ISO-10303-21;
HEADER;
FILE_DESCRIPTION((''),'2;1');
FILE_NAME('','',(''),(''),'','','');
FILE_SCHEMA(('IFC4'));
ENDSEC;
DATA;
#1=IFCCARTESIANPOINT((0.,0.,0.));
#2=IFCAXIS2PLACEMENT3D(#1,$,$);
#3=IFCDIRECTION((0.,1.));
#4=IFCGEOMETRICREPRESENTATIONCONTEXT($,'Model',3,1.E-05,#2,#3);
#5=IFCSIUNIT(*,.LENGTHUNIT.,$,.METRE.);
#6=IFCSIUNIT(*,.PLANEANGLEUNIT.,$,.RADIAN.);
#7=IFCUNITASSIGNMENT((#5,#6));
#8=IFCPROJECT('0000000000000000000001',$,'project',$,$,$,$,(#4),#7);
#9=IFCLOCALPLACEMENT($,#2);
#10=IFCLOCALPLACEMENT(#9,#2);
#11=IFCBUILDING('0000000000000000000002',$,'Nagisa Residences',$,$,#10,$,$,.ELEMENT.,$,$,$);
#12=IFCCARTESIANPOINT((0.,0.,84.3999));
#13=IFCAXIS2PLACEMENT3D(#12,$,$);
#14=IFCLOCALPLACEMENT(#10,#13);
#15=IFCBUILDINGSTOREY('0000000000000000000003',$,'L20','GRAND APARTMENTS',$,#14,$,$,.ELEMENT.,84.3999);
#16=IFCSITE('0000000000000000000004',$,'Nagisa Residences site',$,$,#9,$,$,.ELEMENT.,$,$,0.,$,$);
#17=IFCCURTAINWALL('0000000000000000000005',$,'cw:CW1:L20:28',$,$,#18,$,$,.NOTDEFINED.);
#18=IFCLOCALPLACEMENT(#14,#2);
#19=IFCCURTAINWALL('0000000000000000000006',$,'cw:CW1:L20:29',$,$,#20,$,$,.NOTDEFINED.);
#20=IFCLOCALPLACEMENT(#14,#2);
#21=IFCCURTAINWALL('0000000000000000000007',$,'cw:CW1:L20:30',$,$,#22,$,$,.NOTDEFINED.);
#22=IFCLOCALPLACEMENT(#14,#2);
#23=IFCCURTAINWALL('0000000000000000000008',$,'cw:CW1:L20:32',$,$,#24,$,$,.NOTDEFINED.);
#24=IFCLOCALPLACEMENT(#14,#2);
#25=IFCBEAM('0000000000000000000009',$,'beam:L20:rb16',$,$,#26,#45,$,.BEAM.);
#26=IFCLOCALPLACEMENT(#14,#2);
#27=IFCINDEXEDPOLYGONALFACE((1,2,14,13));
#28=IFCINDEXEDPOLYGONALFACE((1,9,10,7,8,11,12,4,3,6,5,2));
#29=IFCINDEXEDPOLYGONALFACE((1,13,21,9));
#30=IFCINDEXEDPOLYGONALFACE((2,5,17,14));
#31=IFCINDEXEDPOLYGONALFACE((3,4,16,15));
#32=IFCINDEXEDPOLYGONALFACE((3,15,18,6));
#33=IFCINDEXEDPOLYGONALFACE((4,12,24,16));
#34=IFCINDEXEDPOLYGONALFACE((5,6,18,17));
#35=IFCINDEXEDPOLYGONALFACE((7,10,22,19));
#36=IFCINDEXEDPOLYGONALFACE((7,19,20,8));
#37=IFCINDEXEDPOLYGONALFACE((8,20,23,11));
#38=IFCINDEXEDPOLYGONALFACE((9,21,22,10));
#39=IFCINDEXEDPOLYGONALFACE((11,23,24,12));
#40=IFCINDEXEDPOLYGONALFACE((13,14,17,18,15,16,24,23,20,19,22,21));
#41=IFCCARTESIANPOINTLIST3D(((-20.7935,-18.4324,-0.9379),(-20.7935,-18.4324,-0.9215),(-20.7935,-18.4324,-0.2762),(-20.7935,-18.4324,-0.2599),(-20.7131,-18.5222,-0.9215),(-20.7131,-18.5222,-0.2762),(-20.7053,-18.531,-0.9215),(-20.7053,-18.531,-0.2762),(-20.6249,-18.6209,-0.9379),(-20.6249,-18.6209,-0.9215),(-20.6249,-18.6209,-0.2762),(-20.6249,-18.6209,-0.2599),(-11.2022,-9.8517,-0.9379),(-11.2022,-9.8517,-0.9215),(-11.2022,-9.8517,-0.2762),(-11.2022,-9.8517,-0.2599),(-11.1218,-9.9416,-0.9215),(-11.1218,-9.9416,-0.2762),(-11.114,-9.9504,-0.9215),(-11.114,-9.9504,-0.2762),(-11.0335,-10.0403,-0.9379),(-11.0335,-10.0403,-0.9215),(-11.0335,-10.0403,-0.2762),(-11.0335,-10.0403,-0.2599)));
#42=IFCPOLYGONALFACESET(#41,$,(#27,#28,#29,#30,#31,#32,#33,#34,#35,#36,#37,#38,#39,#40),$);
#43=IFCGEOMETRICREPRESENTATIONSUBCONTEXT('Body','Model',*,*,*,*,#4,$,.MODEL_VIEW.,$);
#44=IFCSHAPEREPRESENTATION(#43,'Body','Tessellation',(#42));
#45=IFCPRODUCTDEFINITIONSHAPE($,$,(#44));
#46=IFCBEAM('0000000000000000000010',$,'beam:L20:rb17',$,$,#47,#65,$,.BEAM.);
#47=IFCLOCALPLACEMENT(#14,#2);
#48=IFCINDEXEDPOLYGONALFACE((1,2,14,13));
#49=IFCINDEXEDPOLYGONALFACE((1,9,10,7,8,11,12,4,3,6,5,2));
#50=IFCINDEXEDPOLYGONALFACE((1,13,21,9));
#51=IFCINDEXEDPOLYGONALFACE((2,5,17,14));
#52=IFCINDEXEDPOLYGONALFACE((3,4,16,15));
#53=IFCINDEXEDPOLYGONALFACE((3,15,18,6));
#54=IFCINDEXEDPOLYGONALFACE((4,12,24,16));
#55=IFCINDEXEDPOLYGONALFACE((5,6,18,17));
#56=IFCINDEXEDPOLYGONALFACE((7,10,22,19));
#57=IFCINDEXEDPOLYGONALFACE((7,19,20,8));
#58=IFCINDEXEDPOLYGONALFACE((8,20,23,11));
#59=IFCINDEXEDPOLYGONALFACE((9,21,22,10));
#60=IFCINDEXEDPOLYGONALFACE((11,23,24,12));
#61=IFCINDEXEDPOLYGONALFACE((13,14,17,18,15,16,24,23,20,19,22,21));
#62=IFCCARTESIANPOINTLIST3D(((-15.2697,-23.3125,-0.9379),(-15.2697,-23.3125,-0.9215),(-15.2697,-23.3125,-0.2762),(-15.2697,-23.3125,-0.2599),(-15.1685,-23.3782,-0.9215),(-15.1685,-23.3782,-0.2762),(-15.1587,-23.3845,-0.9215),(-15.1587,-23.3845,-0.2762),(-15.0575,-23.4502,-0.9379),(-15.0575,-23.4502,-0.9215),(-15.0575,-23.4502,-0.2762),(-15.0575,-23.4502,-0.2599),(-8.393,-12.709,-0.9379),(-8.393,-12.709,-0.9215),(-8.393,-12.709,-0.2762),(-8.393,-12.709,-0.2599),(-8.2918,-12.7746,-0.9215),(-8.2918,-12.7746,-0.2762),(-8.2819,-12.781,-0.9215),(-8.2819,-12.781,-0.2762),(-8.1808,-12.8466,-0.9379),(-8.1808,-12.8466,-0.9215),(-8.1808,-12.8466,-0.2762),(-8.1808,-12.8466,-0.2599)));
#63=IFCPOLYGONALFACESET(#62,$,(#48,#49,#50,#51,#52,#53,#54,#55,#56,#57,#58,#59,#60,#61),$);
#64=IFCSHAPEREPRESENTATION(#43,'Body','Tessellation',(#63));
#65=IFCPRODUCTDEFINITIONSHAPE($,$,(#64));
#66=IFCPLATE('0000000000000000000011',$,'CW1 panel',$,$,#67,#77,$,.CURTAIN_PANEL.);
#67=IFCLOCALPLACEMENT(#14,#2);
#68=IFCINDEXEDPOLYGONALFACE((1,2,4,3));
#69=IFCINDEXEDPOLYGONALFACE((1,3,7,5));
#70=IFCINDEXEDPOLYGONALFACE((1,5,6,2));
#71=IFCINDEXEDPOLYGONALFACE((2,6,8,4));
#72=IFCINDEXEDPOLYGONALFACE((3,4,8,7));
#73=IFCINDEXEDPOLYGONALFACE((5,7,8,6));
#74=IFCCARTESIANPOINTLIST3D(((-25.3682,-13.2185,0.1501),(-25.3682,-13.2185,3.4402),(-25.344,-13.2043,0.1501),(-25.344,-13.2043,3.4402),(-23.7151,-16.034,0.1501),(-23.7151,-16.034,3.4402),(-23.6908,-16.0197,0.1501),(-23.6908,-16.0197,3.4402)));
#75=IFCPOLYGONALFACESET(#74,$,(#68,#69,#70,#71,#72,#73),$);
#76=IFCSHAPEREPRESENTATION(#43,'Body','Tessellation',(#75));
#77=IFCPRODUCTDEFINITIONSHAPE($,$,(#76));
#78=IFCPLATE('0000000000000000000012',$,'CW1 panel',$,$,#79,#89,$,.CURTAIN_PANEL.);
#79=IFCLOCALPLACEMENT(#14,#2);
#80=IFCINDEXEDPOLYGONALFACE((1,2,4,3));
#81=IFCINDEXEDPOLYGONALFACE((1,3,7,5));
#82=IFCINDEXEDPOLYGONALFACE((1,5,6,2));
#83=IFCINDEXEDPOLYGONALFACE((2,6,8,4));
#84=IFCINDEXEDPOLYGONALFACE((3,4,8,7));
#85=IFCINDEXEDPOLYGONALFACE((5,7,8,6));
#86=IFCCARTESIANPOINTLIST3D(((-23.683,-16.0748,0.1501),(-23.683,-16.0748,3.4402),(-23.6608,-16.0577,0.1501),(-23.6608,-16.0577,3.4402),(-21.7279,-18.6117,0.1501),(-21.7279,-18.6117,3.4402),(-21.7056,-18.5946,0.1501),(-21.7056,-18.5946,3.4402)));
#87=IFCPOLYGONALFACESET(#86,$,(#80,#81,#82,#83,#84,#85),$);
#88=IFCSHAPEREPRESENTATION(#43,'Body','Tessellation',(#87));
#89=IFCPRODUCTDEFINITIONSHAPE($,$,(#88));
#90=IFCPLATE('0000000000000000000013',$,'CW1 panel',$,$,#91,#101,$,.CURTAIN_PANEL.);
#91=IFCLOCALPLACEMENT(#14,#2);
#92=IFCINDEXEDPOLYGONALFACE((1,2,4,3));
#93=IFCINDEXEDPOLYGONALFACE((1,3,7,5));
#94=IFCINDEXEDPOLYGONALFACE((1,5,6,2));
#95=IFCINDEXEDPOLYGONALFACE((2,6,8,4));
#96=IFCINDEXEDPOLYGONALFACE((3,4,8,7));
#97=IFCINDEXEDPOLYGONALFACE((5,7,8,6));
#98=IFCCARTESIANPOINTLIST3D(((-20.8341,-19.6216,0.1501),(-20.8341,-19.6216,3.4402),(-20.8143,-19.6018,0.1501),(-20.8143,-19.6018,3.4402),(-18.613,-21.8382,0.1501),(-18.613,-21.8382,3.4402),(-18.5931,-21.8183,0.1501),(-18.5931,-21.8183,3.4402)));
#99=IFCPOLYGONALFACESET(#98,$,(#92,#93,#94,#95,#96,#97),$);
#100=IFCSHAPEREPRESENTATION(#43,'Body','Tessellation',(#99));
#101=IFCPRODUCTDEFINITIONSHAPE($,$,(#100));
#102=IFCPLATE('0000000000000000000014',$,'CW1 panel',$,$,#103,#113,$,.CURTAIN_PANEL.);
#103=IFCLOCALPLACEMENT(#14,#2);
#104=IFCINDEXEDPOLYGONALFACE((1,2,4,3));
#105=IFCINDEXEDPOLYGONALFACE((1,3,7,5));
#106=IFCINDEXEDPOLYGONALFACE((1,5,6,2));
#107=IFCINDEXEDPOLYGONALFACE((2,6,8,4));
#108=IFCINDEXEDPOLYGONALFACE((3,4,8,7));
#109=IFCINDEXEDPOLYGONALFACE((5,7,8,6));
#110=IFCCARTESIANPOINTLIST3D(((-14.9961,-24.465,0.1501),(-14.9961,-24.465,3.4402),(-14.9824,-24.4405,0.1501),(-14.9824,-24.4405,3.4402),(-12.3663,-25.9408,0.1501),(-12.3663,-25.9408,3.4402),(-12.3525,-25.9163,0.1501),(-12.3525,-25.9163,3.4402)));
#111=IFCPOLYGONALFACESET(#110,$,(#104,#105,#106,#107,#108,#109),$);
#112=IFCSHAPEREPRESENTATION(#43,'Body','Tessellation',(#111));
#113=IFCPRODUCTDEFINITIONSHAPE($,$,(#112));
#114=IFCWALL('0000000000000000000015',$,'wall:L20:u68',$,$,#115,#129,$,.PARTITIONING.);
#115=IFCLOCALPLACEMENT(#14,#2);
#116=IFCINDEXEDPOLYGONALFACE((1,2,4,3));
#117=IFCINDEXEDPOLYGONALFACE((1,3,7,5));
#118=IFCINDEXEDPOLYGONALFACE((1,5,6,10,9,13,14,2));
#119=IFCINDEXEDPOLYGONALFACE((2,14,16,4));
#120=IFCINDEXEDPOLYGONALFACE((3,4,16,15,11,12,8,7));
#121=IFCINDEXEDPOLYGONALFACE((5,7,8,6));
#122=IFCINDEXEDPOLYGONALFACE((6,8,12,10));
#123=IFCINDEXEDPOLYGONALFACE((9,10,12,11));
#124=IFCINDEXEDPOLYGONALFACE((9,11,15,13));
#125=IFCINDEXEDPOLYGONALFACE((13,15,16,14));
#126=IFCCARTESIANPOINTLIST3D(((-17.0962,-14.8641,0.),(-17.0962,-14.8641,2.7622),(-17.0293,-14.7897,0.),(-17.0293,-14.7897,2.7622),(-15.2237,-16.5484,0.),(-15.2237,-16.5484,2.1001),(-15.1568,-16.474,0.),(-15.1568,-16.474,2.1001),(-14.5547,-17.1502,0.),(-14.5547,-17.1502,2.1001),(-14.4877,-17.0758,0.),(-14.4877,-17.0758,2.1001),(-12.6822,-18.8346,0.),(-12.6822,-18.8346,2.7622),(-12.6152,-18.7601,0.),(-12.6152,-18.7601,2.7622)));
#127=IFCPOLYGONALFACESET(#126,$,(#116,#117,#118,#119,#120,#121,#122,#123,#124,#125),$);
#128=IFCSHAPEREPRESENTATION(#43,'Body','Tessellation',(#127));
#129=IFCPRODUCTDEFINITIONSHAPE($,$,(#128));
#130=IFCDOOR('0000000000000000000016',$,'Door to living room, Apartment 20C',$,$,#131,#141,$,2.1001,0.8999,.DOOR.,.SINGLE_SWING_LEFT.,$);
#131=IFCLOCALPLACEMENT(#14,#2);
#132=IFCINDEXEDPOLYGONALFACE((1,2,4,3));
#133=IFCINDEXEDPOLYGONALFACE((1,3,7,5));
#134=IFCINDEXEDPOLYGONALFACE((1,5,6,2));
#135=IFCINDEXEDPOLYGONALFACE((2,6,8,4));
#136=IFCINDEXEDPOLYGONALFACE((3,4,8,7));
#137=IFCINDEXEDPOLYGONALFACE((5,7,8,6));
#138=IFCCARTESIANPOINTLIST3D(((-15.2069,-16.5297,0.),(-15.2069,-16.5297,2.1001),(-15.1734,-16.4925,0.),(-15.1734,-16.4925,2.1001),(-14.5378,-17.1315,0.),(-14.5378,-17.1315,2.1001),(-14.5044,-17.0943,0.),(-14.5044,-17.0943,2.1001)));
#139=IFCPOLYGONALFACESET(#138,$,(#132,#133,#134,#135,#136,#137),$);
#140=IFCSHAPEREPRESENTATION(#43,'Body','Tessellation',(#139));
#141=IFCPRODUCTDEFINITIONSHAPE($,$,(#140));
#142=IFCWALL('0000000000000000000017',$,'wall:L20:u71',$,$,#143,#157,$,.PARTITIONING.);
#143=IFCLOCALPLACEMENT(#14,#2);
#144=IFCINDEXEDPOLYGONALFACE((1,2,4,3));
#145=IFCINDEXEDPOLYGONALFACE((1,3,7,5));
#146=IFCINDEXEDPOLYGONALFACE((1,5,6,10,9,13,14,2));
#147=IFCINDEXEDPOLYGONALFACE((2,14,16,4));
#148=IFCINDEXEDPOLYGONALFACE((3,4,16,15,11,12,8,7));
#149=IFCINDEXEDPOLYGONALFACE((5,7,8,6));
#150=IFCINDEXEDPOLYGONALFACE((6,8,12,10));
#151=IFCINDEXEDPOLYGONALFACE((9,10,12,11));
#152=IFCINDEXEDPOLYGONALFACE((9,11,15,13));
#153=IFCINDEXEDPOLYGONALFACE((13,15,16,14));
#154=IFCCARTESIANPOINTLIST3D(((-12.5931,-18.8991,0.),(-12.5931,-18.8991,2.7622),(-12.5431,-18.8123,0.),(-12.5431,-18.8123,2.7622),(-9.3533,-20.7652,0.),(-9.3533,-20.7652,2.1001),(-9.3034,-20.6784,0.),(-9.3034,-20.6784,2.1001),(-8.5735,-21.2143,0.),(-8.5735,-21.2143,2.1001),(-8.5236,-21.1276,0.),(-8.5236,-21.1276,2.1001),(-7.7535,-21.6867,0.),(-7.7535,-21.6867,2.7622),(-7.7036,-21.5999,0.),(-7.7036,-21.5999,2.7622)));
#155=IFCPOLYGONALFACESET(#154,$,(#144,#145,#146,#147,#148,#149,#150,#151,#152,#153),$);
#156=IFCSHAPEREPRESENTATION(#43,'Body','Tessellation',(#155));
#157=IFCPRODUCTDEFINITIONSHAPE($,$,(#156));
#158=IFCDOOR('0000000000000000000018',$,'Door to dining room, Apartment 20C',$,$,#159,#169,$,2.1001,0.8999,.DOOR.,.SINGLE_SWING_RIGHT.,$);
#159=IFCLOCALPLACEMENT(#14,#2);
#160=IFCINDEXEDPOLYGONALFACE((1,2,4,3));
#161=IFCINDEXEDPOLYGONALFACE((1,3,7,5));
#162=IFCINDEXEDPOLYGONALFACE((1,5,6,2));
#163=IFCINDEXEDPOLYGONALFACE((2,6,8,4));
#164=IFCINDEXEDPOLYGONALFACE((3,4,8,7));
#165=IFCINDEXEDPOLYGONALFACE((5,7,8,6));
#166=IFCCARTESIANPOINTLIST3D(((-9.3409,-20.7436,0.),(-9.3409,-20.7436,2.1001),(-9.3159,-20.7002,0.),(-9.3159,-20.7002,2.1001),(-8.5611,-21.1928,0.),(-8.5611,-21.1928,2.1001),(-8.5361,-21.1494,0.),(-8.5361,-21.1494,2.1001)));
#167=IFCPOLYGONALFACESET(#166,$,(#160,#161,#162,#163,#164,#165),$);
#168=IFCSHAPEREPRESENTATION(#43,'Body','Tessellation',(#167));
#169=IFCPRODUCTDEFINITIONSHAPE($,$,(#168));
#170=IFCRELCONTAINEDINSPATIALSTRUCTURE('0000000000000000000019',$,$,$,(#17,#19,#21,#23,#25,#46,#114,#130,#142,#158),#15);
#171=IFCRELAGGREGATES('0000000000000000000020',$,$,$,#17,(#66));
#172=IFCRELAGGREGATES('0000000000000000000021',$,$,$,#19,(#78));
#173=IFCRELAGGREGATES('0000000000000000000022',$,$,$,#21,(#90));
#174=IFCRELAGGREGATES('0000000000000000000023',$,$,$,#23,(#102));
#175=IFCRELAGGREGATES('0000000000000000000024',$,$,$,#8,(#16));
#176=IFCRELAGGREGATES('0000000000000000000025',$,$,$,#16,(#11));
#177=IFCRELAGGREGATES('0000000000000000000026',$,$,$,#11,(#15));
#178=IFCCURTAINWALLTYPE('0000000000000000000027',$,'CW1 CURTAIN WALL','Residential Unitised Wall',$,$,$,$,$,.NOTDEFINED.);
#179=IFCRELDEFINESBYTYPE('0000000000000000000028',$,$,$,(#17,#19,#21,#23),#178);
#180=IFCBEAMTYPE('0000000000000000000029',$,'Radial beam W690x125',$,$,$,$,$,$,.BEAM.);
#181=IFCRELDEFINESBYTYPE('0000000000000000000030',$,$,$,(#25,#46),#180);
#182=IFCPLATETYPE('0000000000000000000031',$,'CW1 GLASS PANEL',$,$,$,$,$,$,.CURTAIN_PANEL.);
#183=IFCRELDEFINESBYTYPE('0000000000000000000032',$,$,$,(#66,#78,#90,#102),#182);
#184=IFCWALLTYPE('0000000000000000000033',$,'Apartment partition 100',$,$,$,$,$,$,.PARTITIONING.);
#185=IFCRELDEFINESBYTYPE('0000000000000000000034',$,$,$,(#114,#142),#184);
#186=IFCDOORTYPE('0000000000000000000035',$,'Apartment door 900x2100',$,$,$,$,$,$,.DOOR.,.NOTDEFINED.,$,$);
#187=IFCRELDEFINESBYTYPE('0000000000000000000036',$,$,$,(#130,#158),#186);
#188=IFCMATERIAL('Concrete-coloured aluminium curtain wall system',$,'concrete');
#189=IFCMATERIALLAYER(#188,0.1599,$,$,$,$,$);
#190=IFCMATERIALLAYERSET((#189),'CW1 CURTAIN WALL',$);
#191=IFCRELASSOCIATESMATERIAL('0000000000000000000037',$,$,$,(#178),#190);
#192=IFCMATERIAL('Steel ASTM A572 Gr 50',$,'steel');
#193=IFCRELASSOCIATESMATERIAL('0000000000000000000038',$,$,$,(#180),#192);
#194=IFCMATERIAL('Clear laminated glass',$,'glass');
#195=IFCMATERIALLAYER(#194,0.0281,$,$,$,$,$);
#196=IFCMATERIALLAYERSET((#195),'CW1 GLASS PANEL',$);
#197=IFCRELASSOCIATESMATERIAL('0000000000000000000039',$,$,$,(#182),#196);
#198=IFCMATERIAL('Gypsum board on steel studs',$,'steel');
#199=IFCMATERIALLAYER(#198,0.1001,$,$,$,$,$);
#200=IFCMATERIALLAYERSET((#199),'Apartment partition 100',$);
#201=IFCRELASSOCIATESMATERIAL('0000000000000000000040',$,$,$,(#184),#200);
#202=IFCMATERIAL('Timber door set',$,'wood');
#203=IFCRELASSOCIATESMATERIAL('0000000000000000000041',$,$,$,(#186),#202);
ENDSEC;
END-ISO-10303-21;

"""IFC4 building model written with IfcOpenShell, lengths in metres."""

from ifc_helpers import new_model, si_unit, direction, frame, frame_2d, origin, origin_2d, place, context, subcontext, project, spatial, rectangle, i_section, extrude, material, layer, layer_set, material_profile, profile_set, type_object, element, fill, aggregate, save


model = new_model("IFC4")

# Units and contexts
model_context = context("Model", 3, precision=1e-05, world=origin(), true_north=direction((0.0, 1.0)))
body_context = subcontext(model_context, "Body", "Model", "MODEL_VIEW")
ifc_project = project(units=[si_unit("LENGTHUNIT", "METRE"), si_unit("PLANEANGLEUNIT", "RADIAN")], contexts=[model_context])

# Site, building, storey
site_placement = place(None, origin())
site = spatial("IfcSite", under=ifc_project, at=site_placement, Name="Nagisa Residences site", CompositionType="ELEMENT", RefElevation=0.0)
building_placement = place(site_placement, origin())
building = spatial("IfcBuilding", under=site, at=building_placement, Name="Nagisa Residences", CompositionType="ELEMENT")
storey_placement = place(building_placement, frame((0.0, 0.0, 84.3999)))
storey = spatial("IfcBuildingStorey", under=building, at=storey_placement, Name="L20", Description="GRAND APARTMENTS", CompositionType="ELEMENT", Elevation=84.3999)

# Curtain walls
ifc_material_1 = material(Name="Concrete-coloured aluminium curtain wall system", Category="concrete")
ifc_layer_1 = layer(ifc_material_1, 0.1599)
ifc_layer_set_1 = layer_set([ifc_layer_1], Name="CW1 CURTAIN WALL")
curtain_wall_type = type_object("IfcCurtainWallType", Name="CW1 CURTAIN WALL", Description="Residential Unitised Wall", PredefinedType="NOTDEFINED", material=ifc_layer_set_1)
curtain_wall_1_placement = place(storey_placement, origin())
curtain_wall_1 = element("IfcCurtainWall", 1, at=curtain_wall_1_placement, inside=storey, type_object=curtain_wall_type, Name="cw:CW1:L20:28", PredefinedType="NOTDEFINED")
curtain_wall_2_placement = place(storey_placement, origin())
curtain_wall_2 = element("IfcCurtainWall", 2, at=curtain_wall_2_placement, inside=storey, type_object=curtain_wall_type, Name="cw:CW1:L20:29", PredefinedType="NOTDEFINED")
curtain_wall_3_placement = place(storey_placement, origin())
curtain_wall_3 = element("IfcCurtainWall", 3, at=curtain_wall_3_placement, inside=storey, type_object=curtain_wall_type, Name="cw:CW1:L20:30", PredefinedType="NOTDEFINED")
curtain_wall_4_placement = place(storey_placement, origin())
curtain_wall_4 = element("IfcCurtainWall", 4, at=curtain_wall_4_placement, inside=storey, type_object=curtain_wall_type, Name="cw:CW1:L20:32", PredefinedType="NOTDEFINED")

# Beams
ifc_material_2 = material(Name="Steel ASTM A572 Gr 50", Category="steel")
ifc_material_profile_1 = material_profile(ifc_material_2, i_section(OverallWidth=0.2529, OverallDepth=0.678, WebThickness=0.0117, FlangeThickness=0.0164, at=origin_2d()), Name="W690x125")
ifc_profile_set_1 = profile_set([ifc_material_profile_1], Name="Steel ASTM A572 Gr 50")
beam_type_1 = type_object("IfcBeamType", Name="Radial beam W690x125", PredefinedType="BEAM", material=ifc_profile_set_1)
beam_1_placement = place(storey_placement, frame((-20.7092, -18.5266, -0.5989), z_axis=(0.745285, 0.666746, 0.0), x_axis=(-0.666746, 0.745285, 0.0)))
element("IfcBeam", 5, at=beam_1_placement, inside=storey, type_object=beam_type_1, Name="beam:L20:rb16", PredefinedType="BEAM", context=body_context, shape_type="SweptSolid", body=[
    extrude(i_section(OverallWidth=0.2529, OverallDepth=0.678, WebThickness=0.0117, FlangeThickness=0.0164, at=origin_2d()), origin(), (0.0, 0.0, 1.0), 12.8694),
])
beam_2_placement = place(storey_placement, frame((-15.1636, -23.3813, -0.5989), z_axis=(0.544122, 0.839006, 0.0), x_axis=(-0.839006, 0.544122, 0.0)))
element("IfcBeam", 6, at=beam_2_placement, inside=storey, type_object=beam_type_1, Name="beam:L20:rb17", PredefinedType="BEAM", context=body_context, shape_type="SweptSolid", body=[
    extrude(i_section(OverallWidth=0.2529, OverallDepth=0.678, WebThickness=0.0117, FlangeThickness=0.0164, at=origin_2d()), origin(), (0.0, 0.0, 1.0), 12.6382),
])

# Plates
ifc_material_3 = material(Name="Clear laminated glass", Category="glass")
ifc_layer_2 = layer(ifc_material_3, 0.0281)
ifc_layer_set_2 = layer_set([ifc_layer_2], Name="CW1 GLASS PANEL")
plate_type = type_object("IfcPlateType", Name="CW1 GLASS PANEL", PredefinedType="CURTAIN_PANEL", material=ifc_layer_set_2)
plate_1_placement = place(storey_placement, frame((-24.5295, -14.6191, 0.1501), z_axis=(0.0, 0.0, 1.0), x_axis=(0.506349, -0.862329, 0.0)))
plate_1 = element("IfcPlate", 7, at=plate_1_placement, type_object=plate_type, Name="CW1 panel", PredefinedType="CURTAIN_PANEL", context=body_context, shape_type="SweptSolid", body=[
    extrude(rectangle(XDim=3.2649, YDim=0.0281, at=origin_2d()), origin(), (0.0, 0.0, 1.0), 3.29),
])
aggregate(curtain_wall_1, [plate_1])
plate_2_placement = place(storey_placement, frame((-22.6943, -17.3347, 0.1501), z_axis=(0.0, 0.0, 1.0), x_axis=(0.61043, -0.79207, 0.0)))
plate_2 = element("IfcPlate", 8, at=plate_2_placement, type_object=plate_type, Name="CW1 panel", PredefinedType="CURTAIN_PANEL", context=body_context, shape_type="SweptSolid", body=[
    extrude(rectangle(XDim=3.2029, YDim=0.0281, at=origin_2d()), origin(), (0.0, 0.0, 1.0), 3.29),
])
aggregate(curtain_wall_2, [plate_2])
plate_3_placement = place(storey_placement, frame((-19.7136, -20.72, 0.1501), z_axis=(0.0, 0.0, 1.0), x_axis=(0.707836, -0.706377, 0.0)))
plate_3 = element("IfcPlate", 9, at=plate_3_placement, type_object=plate_type, Name="CW1 panel", PredefinedType="CURTAIN_PANEL", context=body_context, shape_type="SweptSolid", body=[
    extrude(rectangle(XDim=3.1379, YDim=0.0281, at=origin_2d()), origin(), (0.0, 0.0, 1.0), 3.29),
])
aggregate(curtain_wall_3, [plate_3])
plate_4_placement = place(storey_placement, frame((-13.6743, -25.1907, 0.1501), z_axis=(0.0, 0.0, 1.0), x_axis=(0.872072, -0.489377, 0.0)))
plate_4 = element("IfcPlate", 10, at=plate_4_placement, type_object=plate_type, Name="CW1 panel", PredefinedType="CURTAIN_PANEL", context=body_context, shape_type="SweptSolid", body=[
    extrude(rectangle(XDim=3.0156, YDim=0.0281, at=origin_2d()), origin(), (0.0, 0.0, 1.0), 3.29),
])
aggregate(curtain_wall_4, [plate_4])

# Walls, openings, doors
ifc_material_4 = material(Name="Gypsum board on steel studs", Category="steel")
ifc_layer_3 = layer(ifc_material_4, 0.1001)
ifc_layer_set_3 = layer_set([ifc_layer_3], Name="Apartment partition 100")
wall_type_1 = type_object("IfcWallType", Name="Apartment partition 100", PredefinedType="PARTITIONING", material=ifc_layer_set_3)
wall_1_placement = place(storey_placement, frame((-17.0627, -14.8269, 0.0), z_axis=(0.0, 0.0, 1.0), x_axis=(0.743478, -0.66876, 0.0)))
wall_1 = element("IfcWall", 11, at=wall_1_placement, inside=storey, type_object=wall_type_1, Name="wall:L20:u68", PredefinedType="PARTITIONING", context=body_context, shape_type="SweptSolid", body=[
    extrude(rectangle(XDim=5.937, YDim=0.1001, at=frame_2d((2.9685, 0.0))), origin(), (0.0, 0.0, 1.0), 2.7622),
])
opening_1_placement = place(wall_1_placement, frame((2.5186, 0.0, 0.0)))
opening_1 = element("IfcOpeningElement", 12, at=opening_1_placement, cuts=wall_1, PredefinedType="OPENING", context=body_context, shape_type="SweptSolid", body=[
    extrude(rectangle(XDim=0.8999, YDim=2.1001, at=frame_2d((0.45, 1.05))), frame((0.0, 0.0601, 0.0), z_axis=(0.0, -1.0, 0.0), x_axis=(1.0, 0.0, 0.0)), (0.0, 0.0, 1.0), 0.1201),
])
ifc_material_5 = material(Name="Timber door set", Category="wood")
door_type_1 = type_object("IfcDoorType", Name="Apartment door 900x2100", OperationType="NOTDEFINED", PredefinedType="DOOR", material=ifc_material_5)
door_1_placement = place(opening_1_placement, frame((0.8999, 0.0, 0.0), x_axis=(-1.0, 0.0, 0.0)))
door_1 = element("IfcDoor", 13, at=door_1_placement, inside=storey, type_object=door_type_1, Name="Door to living room, Apartment 20C", OperationType="SINGLE_SWING_LEFT", OverallHeight=2.1001, OverallWidth=0.8999, PredefinedType="DOOR", context=body_context, shape_type="SweptSolid", body=[
    extrude(rectangle(XDim=0.8999, YDim=2.1001, at=frame_2d((0.45, 1.05))), frame((0.0, 0.0249, 0.0), z_axis=(0.0, -1.0, 0.0), x_axis=(1.0, 0.0, 0.0)), (0.0, 0.0, 1.0), 0.05),
])
fill(opening_1, door_1)
wall_2_placement = place(storey_placement, frame((-12.5681, -18.8557, 0.0), z_axis=(0.0, 0.0, 1.0), x_axis=(0.866533, -0.499121, 0.0)))
wall_2 = element("IfcWall", 14, at=wall_2_placement, inside=storey, type_object=wall_type_1, Name="wall:L20:u71", PredefinedType="PARTITIONING", context=body_context, shape_type="SweptSolid", body=[
    extrude(rectangle(XDim=5.585, YDim=0.1001, at=frame_2d((2.7925, 0.0))), origin(), (0.0, 0.0, 1.0), 2.7622),
])
opening_2_placement = place(wall_2_placement, frame((3.7388, 0.0, 0.0)))
opening_2 = element("IfcOpeningElement", 15, at=opening_2_placement, cuts=wall_2, PredefinedType="OPENING", context=body_context, shape_type="SweptSolid", body=[
    extrude(rectangle(XDim=0.8999, YDim=2.1001, at=frame_2d((0.45, 1.05))), frame((0.0, 0.0601, 0.0), z_axis=(0.0, -1.0, 0.0), x_axis=(1.0, 0.0, 0.0)), (0.0, 0.0, 1.0), 0.1201),
])
door_2_placement = place(opening_2_placement, origin())
door_2 = element("IfcDoor", 16, at=door_2_placement, inside=storey, type_object=door_type_1, Name="Door to dining room, Apartment 20C", OperationType="SINGLE_SWING_RIGHT", OverallHeight=2.1001, OverallWidth=0.8999, PredefinedType="DOOR", context=body_context, shape_type="SweptSolid", body=[
    extrude(rectangle(XDim=0.8999, YDim=2.1001, at=frame_2d((0.45, 1.05))), frame((0.0, 0.0249, 0.0), z_axis=(0.0, -1.0, 0.0), x_axis=(1.0, 0.0, 0.0)), (0.0, 0.0, 1.0), 0.05),
])
fill(opening_2, door_2)

save(model, "model.ifc")
